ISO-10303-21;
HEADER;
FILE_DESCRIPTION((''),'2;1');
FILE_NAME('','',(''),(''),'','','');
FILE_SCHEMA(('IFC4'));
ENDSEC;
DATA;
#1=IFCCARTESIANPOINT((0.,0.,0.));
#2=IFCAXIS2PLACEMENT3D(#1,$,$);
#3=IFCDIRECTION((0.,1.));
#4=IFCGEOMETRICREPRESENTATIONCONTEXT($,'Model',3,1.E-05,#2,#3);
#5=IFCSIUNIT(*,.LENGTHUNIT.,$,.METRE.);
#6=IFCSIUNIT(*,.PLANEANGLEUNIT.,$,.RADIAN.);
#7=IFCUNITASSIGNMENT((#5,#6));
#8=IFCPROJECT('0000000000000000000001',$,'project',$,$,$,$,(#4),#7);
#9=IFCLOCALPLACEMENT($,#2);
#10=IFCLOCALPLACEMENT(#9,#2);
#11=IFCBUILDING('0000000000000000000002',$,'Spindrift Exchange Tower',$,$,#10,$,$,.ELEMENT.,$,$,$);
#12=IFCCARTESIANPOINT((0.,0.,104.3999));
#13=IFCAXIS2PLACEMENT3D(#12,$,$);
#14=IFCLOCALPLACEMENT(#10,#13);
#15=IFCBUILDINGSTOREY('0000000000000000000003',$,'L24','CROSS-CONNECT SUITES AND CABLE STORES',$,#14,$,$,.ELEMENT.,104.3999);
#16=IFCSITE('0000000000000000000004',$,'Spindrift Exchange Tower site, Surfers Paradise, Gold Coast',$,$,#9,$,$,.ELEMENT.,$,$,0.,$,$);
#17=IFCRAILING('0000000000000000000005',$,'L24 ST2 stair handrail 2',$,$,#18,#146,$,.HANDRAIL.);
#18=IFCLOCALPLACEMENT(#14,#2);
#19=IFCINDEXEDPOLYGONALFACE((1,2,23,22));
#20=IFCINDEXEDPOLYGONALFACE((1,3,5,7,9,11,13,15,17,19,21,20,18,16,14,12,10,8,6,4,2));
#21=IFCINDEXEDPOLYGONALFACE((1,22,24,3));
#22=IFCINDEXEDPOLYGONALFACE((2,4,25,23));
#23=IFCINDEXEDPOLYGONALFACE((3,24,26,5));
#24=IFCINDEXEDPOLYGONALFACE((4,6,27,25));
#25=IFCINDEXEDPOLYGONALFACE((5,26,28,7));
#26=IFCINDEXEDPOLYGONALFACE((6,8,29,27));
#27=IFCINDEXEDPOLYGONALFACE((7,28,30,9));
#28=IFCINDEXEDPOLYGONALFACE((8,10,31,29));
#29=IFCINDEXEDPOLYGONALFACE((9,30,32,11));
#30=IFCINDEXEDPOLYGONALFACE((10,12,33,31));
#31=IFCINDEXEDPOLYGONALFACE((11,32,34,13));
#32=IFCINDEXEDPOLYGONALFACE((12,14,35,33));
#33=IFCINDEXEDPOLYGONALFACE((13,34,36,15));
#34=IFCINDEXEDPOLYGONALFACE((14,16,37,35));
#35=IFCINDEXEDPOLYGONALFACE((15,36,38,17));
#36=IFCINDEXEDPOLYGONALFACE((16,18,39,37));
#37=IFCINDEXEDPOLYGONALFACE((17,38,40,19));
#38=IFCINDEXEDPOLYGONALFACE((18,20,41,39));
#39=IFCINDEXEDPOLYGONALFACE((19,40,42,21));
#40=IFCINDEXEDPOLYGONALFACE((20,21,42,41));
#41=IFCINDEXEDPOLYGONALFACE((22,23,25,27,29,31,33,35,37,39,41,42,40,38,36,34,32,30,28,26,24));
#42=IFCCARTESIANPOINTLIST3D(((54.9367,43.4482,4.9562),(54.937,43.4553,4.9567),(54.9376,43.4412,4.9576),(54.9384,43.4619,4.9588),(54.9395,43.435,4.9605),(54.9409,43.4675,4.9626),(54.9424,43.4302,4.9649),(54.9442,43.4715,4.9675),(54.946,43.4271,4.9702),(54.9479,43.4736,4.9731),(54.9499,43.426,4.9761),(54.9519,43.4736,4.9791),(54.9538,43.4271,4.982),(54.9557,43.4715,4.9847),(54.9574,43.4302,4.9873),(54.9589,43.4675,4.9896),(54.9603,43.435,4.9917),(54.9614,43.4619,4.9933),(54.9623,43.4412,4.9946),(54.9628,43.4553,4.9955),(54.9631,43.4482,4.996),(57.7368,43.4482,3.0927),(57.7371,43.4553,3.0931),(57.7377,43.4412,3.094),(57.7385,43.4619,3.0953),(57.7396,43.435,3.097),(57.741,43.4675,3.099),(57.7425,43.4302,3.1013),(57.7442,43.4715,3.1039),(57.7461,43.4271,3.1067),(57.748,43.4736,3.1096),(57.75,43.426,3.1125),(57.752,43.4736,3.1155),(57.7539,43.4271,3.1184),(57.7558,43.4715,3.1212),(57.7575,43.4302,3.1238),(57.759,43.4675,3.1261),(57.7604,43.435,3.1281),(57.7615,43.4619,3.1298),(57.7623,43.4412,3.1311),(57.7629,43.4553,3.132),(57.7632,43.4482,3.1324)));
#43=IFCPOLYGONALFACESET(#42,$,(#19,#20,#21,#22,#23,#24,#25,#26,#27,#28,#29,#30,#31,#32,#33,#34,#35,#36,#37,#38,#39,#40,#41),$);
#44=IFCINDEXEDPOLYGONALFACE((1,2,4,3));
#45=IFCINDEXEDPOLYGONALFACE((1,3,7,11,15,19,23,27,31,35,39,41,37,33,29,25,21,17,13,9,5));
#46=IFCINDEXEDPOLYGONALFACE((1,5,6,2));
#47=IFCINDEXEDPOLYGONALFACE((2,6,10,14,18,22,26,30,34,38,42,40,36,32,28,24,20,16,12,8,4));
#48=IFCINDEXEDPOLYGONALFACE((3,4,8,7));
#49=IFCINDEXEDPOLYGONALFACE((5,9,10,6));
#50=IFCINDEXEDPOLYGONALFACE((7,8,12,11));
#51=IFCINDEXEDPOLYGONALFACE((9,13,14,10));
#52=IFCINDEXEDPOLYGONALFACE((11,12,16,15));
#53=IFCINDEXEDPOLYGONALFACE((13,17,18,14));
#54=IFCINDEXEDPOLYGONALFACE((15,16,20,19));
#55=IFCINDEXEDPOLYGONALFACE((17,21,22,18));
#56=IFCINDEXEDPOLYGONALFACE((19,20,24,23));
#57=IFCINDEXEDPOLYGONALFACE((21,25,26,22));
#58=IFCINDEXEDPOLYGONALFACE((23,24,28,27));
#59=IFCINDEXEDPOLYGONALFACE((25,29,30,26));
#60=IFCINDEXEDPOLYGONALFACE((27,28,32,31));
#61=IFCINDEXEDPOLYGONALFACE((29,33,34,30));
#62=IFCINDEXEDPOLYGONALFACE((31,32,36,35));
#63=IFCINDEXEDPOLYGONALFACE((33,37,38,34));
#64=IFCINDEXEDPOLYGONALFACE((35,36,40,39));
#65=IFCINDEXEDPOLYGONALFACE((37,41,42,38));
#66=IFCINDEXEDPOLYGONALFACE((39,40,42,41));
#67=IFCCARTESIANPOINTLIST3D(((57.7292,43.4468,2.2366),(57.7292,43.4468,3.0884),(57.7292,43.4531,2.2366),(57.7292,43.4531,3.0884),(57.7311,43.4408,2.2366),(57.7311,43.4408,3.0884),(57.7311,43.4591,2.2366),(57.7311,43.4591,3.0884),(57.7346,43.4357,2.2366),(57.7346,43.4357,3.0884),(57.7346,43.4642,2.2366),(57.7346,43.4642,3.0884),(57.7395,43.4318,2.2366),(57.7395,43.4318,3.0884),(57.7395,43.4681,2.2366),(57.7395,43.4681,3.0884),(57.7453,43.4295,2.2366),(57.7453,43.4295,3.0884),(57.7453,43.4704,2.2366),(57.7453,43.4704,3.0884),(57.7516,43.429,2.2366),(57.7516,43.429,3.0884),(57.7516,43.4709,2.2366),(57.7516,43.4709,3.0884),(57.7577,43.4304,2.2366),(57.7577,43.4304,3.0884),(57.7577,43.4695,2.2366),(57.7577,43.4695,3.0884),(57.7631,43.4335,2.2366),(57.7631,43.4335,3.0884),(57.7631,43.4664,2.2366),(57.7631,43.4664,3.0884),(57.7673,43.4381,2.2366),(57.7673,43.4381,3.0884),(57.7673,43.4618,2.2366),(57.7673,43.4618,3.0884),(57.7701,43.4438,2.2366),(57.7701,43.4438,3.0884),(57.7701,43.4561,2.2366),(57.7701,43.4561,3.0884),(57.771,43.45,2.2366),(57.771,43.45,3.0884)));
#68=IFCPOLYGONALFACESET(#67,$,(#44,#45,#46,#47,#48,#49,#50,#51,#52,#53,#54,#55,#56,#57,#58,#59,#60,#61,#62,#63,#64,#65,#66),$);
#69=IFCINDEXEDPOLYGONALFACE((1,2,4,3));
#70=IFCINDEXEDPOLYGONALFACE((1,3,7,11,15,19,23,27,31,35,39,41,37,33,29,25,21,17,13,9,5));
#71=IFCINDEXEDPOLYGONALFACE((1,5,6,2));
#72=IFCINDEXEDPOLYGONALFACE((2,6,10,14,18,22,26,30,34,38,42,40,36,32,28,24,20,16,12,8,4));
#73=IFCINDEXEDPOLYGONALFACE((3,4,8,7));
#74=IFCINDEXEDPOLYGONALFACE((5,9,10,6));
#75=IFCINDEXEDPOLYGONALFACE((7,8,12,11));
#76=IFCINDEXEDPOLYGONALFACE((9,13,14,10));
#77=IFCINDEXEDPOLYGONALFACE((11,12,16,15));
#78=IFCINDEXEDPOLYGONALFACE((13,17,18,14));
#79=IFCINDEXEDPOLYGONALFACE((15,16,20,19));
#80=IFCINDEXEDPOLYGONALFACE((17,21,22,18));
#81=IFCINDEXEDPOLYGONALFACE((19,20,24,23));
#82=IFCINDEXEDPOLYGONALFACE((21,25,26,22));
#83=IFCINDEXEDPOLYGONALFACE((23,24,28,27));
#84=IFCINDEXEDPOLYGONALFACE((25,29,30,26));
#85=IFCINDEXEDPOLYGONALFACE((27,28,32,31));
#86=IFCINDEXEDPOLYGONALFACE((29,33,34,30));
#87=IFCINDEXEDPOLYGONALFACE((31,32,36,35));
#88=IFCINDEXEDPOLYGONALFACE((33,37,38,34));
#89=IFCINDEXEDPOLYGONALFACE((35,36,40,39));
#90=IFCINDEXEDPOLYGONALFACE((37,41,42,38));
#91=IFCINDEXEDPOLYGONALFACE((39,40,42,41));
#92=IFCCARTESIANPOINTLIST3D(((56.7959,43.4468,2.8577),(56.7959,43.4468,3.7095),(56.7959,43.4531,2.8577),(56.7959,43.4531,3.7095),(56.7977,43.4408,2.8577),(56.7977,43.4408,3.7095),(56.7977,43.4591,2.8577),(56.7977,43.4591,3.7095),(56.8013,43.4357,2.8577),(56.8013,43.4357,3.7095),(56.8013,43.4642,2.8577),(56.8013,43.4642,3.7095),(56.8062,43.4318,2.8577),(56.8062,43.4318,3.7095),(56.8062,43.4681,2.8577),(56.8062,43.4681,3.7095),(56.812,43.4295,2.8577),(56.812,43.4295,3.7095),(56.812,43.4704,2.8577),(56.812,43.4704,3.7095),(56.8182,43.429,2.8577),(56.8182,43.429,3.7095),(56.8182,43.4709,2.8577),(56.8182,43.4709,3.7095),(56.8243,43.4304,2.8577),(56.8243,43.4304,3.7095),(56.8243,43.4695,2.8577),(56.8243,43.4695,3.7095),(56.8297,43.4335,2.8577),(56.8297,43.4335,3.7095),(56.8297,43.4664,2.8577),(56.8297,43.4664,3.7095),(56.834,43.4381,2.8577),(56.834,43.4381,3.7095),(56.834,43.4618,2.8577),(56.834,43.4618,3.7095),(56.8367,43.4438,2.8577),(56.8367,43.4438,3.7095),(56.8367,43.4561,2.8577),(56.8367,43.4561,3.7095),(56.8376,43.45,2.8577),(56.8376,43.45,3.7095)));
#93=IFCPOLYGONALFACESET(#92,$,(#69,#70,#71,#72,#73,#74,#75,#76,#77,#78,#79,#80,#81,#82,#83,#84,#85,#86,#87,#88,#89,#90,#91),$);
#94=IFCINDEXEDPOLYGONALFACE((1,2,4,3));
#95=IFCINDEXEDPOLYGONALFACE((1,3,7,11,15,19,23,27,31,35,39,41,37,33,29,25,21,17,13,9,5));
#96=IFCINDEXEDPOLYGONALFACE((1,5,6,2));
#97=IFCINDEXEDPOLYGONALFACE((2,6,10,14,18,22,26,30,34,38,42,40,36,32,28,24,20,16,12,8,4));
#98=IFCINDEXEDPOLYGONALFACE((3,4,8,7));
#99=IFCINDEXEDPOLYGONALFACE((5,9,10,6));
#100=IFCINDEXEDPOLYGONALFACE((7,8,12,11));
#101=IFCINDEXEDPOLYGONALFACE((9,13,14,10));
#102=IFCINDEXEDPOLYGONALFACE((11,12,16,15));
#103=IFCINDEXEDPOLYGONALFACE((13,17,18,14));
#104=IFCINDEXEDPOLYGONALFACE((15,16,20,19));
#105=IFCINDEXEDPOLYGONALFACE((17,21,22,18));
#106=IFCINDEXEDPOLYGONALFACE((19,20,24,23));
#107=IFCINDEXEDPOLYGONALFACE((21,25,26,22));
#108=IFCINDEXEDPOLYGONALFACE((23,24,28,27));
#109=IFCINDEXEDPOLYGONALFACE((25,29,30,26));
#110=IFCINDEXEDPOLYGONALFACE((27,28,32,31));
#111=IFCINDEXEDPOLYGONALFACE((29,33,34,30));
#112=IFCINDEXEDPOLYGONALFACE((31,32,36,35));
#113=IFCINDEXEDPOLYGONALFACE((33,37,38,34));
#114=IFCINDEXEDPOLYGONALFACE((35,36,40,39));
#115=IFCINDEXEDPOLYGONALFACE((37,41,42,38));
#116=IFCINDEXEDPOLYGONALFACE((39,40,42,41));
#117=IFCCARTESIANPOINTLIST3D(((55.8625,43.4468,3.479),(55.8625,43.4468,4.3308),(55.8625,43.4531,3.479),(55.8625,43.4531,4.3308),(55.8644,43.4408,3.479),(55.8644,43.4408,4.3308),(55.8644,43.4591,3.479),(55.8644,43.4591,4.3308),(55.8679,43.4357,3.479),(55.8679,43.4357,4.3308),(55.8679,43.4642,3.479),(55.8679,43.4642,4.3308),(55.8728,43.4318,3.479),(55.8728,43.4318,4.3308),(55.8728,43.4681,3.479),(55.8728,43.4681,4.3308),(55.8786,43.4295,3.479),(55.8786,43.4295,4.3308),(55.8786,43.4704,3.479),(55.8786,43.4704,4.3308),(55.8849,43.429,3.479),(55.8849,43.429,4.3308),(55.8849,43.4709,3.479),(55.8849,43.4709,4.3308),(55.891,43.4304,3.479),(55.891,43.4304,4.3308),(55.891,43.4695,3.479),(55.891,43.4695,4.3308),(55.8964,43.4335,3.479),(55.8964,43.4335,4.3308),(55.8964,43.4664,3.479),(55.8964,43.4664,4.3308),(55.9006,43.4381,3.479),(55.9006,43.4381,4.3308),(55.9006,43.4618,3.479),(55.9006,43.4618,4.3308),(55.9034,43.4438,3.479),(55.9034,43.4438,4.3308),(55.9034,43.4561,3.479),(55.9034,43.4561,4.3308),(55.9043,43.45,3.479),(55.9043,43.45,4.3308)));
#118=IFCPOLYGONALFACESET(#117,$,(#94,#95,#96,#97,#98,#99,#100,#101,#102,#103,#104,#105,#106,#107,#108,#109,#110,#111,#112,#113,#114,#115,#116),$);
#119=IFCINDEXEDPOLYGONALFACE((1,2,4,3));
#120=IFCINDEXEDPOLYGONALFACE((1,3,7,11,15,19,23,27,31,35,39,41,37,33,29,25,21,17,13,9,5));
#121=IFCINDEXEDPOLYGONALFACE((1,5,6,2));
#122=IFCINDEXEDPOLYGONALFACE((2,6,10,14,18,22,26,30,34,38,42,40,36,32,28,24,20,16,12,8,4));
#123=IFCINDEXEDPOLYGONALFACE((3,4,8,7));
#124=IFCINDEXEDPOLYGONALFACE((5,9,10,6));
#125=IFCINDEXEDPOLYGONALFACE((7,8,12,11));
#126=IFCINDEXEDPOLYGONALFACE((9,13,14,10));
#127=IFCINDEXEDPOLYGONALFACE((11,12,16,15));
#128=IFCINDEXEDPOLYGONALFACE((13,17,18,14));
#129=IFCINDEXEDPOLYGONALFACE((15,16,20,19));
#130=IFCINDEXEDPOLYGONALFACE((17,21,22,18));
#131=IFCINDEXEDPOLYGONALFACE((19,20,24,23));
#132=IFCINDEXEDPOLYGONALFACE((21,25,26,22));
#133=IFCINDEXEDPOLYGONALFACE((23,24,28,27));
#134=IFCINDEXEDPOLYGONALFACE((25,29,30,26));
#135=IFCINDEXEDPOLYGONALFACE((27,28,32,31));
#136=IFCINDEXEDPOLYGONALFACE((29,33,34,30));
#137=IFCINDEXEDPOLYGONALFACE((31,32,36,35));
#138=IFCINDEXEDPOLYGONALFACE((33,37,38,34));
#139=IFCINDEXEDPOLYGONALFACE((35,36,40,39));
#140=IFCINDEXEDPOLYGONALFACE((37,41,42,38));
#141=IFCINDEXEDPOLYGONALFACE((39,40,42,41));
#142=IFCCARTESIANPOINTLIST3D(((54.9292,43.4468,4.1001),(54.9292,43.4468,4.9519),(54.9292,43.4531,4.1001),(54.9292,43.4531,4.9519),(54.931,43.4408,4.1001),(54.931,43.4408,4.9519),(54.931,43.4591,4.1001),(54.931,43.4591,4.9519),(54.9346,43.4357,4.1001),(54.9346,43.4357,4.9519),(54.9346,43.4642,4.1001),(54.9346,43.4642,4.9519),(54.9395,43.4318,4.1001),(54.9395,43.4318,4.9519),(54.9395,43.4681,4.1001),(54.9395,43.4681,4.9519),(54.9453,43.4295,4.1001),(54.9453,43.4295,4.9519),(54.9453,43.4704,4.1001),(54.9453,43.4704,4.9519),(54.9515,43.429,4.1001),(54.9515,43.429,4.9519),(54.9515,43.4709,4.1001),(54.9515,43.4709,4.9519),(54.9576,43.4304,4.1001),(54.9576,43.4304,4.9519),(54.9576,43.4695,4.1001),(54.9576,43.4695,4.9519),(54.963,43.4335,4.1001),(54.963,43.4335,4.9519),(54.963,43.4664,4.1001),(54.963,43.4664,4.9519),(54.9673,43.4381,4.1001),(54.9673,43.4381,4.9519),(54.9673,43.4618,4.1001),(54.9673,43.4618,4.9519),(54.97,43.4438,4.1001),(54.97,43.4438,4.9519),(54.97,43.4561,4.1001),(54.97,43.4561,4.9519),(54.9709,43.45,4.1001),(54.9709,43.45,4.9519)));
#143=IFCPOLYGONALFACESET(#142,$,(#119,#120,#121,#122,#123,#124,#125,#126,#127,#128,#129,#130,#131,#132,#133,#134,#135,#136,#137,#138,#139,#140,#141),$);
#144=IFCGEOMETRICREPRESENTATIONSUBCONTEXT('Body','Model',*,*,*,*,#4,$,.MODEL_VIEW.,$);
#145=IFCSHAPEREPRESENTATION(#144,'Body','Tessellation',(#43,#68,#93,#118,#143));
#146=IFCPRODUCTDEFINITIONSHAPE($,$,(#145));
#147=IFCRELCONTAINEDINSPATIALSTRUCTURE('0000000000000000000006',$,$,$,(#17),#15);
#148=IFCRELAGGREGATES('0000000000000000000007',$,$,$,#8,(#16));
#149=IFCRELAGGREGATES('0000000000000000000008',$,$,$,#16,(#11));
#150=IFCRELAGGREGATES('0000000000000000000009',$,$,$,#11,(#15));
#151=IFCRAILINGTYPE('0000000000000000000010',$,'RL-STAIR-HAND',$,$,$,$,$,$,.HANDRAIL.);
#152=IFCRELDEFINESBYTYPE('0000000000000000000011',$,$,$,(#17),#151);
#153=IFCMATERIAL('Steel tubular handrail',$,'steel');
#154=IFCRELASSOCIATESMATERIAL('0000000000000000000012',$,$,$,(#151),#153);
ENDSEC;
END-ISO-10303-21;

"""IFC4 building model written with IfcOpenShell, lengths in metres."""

from ifc_helpers import new_model, si_unit, direction, frame, origin, origin_2d, place, context, subcontext, project, spatial, circle, extrude, material, type_object, element, save


model = new_model("IFC4")

# Units and contexts
model_context = context("Model", 3, precision=1e-05, world=origin(), true_north=direction((0.0, 1.0)))
body_context = subcontext(model_context, "Body", "Model", "MODEL_VIEW")
ifc_project = project(units=[si_unit("LENGTHUNIT", "METRE"), si_unit("PLANEANGLEUNIT", "RADIAN")], contexts=[model_context])

# Site, building, storey
site_placement = place(None, origin())
site = spatial("IfcSite", under=ifc_project, at=site_placement, Name="Spindrift Exchange Tower site, Surfers Paradise, Gold Coast", CompositionType="ELEMENT", RefElevation=0.0)
building_placement = place(site_placement, origin())
building = spatial("IfcBuilding", under=site, at=building_placement, Name="Spindrift Exchange Tower", CompositionType="ELEMENT")
storey_placement = place(building_placement, frame((0.0, 0.0, 104.3999)))
storey = spatial("IfcBuildingStorey", under=building, at=storey_placement, Name="L24", Description="CROSS-CONNECT SUITES AND CABLE STORES", CompositionType="ELEMENT", Elevation=104.3999)

# Railing
ifc_material_1 = material(Name="Steel tubular handrail", Category="steel")
railing_type_1 = type_object("IfcRailingType", Name="RL-STAIR-HAND", PredefinedType="HANDRAIL", material=ifc_material_1)
railing_1_placement = place(storey_placement, frame((57.75, 43.45, 2.2366)))
element("IfcRailing", 1, at=railing_1_placement, inside=storey, type_object=railing_type_1, Name="L24 ST2 stair handrail 2", PredefinedType="HANDRAIL", context=body_context, shape_type="SweptSolid", body=[
    extrude(circle(Radius=0.0239, at=origin_2d()), frame((0.0, 0.0, 0.876), z_axis=(-0.832486, 0.0, 0.554047), x_axis=(0.0, -1.0, 0.0)), (0.0, 0.0, 1.0), 3.3635),
    extrude(circle(Radius=0.021, at=origin_2d()), origin(), (0.0, 0.0, 1.0), 0.8518),
    extrude(circle(Radius=0.021, at=origin_2d()), frame((-0.9333, 0.0, 0.6211)), (0.0, 0.0, 1.0), 0.8518),
    extrude(circle(Radius=0.021, at=origin_2d()), frame((-1.8667, 0.0, 1.2424)), (0.0, 0.0, 1.0), 0.8518),
    extrude(circle(Radius=0.021, at=origin_2d()), frame((-2.8, 0.0, 1.8635)), (0.0, 0.0, 1.0), 0.8518),
])

save(model, "model.ifc")
